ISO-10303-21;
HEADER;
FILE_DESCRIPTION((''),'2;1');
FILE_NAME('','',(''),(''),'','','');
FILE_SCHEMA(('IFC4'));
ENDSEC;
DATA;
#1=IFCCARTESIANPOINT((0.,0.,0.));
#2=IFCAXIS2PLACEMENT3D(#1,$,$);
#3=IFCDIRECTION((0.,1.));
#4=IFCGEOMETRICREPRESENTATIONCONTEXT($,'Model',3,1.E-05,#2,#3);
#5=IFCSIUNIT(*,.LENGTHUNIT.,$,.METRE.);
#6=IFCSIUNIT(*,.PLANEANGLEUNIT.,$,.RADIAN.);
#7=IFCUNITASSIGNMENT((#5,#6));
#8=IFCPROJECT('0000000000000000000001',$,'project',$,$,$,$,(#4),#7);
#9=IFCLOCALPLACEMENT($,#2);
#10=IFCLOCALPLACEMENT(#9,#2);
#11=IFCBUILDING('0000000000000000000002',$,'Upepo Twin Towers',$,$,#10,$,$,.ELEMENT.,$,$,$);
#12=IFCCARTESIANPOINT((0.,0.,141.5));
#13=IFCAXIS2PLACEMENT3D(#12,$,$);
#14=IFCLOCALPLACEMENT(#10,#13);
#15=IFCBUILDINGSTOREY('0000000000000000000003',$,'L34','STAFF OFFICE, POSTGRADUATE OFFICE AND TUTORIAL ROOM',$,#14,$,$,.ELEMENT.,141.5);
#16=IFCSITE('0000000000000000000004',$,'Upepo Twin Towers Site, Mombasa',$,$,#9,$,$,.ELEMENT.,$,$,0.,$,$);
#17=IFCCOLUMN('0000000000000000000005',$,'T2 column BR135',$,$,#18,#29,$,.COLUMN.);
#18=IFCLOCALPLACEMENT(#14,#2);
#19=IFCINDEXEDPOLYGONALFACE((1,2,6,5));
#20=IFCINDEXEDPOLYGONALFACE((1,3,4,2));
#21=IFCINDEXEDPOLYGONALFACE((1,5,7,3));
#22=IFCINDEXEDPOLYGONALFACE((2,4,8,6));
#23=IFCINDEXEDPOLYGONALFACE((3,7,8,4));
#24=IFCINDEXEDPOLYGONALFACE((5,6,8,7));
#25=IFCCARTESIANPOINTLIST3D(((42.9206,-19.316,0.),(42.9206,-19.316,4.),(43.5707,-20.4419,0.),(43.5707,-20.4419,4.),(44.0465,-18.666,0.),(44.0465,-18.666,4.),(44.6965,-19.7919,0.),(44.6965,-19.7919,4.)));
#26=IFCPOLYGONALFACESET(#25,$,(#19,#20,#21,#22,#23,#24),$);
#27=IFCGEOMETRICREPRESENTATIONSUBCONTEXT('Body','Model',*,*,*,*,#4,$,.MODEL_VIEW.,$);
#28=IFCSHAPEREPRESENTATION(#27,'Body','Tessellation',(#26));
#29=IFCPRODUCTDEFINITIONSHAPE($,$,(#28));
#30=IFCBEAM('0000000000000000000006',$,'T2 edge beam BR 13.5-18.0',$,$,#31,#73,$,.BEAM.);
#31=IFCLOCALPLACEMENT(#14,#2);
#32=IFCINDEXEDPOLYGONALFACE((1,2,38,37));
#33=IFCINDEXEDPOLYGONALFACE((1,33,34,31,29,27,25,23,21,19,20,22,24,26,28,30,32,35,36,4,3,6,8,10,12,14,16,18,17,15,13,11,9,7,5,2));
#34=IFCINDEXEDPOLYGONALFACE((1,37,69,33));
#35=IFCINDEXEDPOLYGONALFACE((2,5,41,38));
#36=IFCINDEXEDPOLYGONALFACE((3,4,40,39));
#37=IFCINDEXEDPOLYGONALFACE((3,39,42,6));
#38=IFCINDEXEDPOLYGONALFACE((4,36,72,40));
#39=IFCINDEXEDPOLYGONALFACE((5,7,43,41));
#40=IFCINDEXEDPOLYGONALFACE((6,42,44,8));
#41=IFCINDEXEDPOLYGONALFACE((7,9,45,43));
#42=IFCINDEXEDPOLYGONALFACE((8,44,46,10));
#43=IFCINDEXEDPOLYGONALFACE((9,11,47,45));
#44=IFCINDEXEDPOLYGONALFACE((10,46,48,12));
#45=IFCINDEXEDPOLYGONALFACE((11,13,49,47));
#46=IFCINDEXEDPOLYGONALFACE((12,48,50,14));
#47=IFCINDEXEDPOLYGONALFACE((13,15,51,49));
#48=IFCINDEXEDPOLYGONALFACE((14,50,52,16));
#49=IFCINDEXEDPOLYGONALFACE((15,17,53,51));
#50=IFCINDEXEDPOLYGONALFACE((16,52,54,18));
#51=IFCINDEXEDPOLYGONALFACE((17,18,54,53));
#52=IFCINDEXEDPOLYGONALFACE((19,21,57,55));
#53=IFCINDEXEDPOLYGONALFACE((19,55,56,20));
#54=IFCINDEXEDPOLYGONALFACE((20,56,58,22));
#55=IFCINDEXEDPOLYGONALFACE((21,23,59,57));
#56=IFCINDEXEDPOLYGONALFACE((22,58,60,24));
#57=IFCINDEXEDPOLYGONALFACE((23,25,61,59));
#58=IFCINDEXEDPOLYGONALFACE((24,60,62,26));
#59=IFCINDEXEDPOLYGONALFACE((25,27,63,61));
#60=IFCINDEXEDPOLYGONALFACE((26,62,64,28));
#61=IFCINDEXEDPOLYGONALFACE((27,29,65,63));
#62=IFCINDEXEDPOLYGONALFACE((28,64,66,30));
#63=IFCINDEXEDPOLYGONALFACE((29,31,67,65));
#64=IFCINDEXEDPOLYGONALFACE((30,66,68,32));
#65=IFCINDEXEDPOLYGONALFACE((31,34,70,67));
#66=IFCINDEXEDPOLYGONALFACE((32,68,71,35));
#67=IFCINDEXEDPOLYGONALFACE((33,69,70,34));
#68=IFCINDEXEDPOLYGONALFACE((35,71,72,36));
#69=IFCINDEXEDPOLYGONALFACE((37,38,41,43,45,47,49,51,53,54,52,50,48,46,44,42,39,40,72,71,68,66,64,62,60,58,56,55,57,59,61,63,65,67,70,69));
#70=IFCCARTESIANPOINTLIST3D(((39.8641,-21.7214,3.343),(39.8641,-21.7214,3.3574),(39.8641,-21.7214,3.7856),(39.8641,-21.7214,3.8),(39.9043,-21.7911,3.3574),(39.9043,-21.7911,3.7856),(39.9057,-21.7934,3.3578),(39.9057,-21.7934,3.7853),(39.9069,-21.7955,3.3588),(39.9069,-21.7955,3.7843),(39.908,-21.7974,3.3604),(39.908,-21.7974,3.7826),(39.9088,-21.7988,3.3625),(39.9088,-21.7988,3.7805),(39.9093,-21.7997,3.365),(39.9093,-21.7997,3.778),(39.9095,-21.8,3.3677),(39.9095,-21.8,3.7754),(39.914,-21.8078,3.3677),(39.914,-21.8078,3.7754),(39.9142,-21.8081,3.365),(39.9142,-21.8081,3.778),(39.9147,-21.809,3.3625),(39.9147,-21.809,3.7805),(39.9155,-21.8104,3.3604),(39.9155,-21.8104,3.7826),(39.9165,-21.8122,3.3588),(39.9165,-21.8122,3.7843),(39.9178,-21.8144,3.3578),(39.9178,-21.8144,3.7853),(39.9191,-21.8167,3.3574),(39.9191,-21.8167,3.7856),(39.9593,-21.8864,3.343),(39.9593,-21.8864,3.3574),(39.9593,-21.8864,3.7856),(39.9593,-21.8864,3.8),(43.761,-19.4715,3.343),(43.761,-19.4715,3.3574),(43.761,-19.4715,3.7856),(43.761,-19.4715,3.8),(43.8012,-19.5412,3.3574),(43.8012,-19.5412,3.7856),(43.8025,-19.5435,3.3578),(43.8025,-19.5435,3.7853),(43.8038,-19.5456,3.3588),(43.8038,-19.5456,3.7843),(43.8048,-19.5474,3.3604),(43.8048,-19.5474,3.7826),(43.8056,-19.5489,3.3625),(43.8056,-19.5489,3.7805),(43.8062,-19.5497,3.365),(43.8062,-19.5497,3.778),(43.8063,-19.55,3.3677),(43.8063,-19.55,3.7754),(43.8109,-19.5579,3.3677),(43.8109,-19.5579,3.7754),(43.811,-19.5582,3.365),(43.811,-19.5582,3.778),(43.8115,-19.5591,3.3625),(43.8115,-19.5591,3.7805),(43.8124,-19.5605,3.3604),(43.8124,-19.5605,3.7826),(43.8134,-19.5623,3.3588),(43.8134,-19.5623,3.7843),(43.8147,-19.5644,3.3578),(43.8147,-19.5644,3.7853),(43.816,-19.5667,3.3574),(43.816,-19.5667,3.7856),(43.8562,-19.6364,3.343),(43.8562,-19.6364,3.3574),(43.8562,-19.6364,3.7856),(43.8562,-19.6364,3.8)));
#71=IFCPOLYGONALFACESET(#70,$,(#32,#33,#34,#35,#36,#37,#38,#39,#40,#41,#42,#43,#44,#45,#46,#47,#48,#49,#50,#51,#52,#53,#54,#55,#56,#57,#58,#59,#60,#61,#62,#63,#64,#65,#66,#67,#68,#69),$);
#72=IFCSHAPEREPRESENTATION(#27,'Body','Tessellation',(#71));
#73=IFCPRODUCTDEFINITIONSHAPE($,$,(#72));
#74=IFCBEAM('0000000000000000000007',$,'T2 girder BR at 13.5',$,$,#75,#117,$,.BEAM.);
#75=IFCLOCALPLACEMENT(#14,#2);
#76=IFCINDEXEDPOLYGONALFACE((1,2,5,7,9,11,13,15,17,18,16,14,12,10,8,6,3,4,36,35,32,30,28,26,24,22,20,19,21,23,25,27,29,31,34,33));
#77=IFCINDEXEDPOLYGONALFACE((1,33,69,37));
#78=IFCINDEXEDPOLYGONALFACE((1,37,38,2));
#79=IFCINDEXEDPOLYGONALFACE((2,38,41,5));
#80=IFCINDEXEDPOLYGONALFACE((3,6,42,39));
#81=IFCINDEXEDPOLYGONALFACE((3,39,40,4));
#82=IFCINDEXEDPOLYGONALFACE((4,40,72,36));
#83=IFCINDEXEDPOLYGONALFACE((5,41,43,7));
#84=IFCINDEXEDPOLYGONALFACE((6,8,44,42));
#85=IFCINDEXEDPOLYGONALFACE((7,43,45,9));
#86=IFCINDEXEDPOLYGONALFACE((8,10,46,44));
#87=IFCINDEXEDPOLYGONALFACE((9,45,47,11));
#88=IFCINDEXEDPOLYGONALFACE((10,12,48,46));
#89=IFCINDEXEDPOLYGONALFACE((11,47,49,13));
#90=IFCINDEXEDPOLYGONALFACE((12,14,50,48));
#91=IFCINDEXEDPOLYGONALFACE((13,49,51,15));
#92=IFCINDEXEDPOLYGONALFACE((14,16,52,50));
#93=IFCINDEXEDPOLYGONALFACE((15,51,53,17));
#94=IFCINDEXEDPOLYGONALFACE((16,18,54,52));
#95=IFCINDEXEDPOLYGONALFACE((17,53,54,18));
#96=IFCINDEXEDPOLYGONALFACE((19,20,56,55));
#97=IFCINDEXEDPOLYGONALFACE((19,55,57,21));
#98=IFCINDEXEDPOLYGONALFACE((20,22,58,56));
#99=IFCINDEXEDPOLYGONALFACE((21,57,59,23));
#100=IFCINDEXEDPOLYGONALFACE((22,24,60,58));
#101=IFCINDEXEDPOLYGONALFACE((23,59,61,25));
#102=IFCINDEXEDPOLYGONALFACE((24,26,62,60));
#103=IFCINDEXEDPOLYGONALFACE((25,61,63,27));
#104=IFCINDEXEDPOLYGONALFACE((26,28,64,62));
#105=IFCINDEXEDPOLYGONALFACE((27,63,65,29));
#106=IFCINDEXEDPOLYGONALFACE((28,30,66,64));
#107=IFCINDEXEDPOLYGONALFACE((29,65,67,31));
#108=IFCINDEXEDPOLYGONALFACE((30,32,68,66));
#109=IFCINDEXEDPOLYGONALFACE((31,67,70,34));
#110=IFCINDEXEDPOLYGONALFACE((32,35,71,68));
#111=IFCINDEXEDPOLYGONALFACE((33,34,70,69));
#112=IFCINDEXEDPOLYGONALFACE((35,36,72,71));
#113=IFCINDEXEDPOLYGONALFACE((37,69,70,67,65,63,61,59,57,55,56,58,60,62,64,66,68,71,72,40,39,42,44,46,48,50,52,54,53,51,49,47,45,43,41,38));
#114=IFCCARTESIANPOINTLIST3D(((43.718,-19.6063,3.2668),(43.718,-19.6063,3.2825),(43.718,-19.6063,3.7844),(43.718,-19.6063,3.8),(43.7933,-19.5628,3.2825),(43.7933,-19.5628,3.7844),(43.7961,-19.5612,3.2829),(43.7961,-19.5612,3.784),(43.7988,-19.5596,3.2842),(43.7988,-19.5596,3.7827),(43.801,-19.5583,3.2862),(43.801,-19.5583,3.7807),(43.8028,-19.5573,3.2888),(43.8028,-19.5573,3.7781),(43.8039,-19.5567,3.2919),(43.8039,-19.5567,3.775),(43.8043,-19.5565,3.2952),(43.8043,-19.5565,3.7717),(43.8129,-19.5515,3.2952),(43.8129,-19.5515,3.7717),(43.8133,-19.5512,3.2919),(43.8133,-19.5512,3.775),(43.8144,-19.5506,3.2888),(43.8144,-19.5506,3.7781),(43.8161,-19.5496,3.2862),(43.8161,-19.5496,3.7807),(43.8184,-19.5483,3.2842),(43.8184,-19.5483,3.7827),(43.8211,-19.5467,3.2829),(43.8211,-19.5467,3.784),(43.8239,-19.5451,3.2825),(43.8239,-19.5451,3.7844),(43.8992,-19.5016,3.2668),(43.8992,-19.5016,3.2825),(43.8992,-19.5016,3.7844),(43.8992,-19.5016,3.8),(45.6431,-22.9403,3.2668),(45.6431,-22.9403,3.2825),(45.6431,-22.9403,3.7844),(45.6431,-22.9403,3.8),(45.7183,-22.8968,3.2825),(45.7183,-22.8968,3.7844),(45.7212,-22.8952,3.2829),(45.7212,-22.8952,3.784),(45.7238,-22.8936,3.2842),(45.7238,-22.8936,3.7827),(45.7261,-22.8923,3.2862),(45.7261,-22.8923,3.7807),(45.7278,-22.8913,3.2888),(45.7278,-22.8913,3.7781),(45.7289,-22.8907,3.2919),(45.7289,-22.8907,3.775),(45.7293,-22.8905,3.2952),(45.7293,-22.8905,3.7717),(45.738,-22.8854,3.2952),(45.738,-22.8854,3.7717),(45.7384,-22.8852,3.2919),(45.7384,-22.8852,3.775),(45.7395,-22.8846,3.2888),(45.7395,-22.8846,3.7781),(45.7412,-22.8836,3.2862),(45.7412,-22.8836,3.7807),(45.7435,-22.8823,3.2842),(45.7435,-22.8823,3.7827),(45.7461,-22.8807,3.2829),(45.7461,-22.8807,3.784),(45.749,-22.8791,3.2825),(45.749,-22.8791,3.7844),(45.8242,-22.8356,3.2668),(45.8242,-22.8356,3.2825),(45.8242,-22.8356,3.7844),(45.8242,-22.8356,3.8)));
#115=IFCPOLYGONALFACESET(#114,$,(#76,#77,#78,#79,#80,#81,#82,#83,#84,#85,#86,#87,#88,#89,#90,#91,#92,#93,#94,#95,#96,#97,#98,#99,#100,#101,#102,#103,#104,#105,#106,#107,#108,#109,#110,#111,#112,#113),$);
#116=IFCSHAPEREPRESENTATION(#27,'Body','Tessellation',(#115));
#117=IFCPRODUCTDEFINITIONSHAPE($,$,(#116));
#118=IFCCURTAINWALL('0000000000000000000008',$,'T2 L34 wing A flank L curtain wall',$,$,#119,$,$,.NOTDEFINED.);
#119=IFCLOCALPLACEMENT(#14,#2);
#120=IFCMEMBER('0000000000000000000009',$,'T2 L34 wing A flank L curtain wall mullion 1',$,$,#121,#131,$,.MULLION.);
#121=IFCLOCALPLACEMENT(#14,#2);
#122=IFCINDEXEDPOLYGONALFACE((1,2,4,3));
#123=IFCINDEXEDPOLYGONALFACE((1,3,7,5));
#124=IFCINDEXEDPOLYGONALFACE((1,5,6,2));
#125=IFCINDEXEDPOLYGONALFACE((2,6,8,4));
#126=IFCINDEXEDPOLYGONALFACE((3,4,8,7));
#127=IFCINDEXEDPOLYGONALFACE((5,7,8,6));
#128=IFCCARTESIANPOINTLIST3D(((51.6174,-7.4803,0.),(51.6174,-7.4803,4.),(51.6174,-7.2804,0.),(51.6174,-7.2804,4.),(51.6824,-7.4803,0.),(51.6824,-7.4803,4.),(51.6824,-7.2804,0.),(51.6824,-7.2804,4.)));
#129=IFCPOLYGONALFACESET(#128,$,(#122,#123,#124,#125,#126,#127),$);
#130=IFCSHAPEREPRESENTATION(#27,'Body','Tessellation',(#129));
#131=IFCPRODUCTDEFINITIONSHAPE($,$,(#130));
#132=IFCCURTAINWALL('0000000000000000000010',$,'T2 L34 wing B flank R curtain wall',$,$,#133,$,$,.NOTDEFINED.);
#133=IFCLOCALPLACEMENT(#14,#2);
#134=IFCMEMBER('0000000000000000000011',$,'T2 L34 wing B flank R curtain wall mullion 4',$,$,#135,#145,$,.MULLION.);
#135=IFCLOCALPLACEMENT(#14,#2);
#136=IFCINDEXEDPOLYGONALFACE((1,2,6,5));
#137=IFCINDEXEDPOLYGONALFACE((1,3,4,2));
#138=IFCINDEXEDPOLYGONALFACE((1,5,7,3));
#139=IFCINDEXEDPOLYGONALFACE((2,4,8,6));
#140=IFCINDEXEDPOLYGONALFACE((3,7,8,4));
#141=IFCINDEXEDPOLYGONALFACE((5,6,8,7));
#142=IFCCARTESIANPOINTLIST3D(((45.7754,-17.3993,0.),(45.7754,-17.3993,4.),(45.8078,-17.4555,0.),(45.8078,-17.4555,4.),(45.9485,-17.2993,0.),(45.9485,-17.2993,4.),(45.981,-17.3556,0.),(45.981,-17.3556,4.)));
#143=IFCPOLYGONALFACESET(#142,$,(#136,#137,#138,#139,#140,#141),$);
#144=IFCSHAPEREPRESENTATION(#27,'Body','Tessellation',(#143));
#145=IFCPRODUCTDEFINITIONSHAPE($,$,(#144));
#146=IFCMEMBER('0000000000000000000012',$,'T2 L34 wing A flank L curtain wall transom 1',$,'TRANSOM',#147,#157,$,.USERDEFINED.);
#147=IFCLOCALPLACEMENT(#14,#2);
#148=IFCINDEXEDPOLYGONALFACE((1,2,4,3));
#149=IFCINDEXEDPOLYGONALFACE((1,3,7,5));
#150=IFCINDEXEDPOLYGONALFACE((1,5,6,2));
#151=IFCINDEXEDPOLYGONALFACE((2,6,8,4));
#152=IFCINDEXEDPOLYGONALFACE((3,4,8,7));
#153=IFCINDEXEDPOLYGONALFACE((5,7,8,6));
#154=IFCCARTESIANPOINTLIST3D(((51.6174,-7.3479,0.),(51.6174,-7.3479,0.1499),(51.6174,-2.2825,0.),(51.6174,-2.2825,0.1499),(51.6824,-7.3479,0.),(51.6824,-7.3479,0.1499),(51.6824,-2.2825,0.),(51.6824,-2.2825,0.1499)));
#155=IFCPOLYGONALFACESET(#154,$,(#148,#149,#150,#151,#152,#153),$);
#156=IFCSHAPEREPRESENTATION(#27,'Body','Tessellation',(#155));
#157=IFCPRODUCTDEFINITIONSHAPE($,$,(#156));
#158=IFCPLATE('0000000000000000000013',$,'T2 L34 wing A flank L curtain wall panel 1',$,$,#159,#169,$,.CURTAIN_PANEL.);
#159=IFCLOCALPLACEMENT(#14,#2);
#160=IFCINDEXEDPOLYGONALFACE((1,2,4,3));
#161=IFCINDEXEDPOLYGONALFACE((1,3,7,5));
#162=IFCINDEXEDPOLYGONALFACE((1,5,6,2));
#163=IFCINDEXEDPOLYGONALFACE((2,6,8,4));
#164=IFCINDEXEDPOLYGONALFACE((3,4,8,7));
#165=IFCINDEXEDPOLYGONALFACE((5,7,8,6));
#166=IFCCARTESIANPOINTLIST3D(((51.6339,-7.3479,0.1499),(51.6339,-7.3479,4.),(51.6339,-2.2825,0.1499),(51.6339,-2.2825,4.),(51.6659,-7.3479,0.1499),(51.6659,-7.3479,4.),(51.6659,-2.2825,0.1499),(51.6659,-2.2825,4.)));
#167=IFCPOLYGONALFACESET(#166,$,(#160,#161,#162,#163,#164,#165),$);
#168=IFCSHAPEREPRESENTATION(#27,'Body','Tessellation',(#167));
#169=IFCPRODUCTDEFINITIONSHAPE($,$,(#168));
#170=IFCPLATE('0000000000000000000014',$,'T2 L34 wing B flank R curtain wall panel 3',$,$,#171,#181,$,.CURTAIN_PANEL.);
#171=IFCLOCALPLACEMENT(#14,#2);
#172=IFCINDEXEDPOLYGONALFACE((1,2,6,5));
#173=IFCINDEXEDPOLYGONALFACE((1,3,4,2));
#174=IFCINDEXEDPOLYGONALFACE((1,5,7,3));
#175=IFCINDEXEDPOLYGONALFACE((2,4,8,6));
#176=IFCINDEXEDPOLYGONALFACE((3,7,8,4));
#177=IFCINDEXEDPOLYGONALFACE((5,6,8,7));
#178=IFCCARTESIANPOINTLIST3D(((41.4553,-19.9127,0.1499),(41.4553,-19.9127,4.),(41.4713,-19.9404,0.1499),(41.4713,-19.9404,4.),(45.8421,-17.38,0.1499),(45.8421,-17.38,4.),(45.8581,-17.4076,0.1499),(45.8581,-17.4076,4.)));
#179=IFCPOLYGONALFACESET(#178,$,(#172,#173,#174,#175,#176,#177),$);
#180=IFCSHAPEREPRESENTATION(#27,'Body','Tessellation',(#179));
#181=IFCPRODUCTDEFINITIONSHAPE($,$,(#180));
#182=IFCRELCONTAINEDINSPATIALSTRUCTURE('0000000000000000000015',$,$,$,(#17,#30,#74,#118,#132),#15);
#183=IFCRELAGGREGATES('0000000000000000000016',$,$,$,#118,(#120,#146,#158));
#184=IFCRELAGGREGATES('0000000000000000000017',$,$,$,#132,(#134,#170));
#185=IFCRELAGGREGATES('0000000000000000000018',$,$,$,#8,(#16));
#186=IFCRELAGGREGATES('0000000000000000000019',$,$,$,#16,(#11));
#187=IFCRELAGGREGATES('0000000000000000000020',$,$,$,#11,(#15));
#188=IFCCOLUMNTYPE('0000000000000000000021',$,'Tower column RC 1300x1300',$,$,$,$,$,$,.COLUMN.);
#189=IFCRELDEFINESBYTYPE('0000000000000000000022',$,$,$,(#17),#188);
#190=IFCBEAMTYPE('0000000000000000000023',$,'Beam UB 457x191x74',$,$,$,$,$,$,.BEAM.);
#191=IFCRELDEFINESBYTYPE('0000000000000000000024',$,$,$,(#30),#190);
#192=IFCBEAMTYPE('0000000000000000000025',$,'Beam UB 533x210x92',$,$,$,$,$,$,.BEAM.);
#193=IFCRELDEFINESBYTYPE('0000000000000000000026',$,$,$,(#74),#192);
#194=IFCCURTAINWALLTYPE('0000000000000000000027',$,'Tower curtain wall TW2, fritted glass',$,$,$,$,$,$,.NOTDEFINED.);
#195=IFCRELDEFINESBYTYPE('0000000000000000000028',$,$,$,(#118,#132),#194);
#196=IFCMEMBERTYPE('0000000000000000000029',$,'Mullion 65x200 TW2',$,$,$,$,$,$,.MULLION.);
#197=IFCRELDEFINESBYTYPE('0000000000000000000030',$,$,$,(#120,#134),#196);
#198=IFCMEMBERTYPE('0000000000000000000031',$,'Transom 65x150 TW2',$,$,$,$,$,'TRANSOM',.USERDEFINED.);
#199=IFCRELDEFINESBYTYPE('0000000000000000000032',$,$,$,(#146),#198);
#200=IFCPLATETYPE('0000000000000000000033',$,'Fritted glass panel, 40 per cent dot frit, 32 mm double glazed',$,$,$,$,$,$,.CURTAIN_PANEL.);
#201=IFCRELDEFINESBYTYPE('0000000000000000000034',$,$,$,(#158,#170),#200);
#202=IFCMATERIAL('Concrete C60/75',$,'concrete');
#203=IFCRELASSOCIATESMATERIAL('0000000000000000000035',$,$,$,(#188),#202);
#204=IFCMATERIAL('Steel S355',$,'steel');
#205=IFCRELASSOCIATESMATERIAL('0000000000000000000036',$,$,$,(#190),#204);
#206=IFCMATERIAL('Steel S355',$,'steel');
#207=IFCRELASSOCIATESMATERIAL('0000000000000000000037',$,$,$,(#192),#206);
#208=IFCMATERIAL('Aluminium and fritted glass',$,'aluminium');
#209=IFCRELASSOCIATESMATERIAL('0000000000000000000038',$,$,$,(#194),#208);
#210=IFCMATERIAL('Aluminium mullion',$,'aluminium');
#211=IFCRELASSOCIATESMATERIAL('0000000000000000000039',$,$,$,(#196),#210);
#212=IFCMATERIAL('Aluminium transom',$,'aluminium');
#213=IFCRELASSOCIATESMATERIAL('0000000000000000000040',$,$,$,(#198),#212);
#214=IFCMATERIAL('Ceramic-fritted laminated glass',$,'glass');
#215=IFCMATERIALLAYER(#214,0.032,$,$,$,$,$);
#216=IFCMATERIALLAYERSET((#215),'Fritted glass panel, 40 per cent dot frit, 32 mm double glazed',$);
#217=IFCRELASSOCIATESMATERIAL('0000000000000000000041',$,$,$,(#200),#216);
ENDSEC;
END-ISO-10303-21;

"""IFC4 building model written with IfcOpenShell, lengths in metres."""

from ifc_helpers import new_model, si_unit, direction, frame, origin, origin_2d, place, context, subcontext, project, spatial, rectangle, i_section, extrude, material, layer, layer_set, material_profile, profile_set, type_object, element, aggregate, save


model = new_model("IFC4")

# Units and contexts
model_context = context("Model", 3, precision=1e-05, world=origin(), true_north=direction((0.0, 1.0)))
body_context = subcontext(model_context, "Body", "Model", "MODEL_VIEW")
ifc_project = project(units=[si_unit("LENGTHUNIT", "METRE"), si_unit("PLANEANGLEUNIT", "RADIAN")], contexts=[model_context])

# Site, building, storey
site_placement = place(None, origin())
site = spatial("IfcSite", under=ifc_project, at=site_placement, Name="Upepo Twin Towers Site, Mombasa", CompositionType="ELEMENT", RefElevation=0.0)
building_placement = place(site_placement, origin())
building = spatial("IfcBuilding", under=site, at=building_placement, Name="Upepo Twin Towers", CompositionType="ELEMENT")
storey_placement = place(building_placement, frame((0.0, 0.0, 141.5)))
storey = spatial("IfcBuildingStorey", under=building, at=storey_placement, Name="L34", Description="STAFF OFFICE, POSTGRADUATE OFFICE AND TUTORIAL ROOM", CompositionType="ELEMENT", Elevation=141.5)

# Column
ifc_material_1 = material(Name="Concrete C60/75", Category="concrete")
ifc_material_profile_1 = material_profile(ifc_material_1, rectangle(XDim=1.3, YDim=1.3, at=origin_2d()), Name="RC 1300x1300")
ifc_profile_set_1 = profile_set([ifc_material_profile_1], Name="Concrete C60/75")
column_type = type_object("IfcColumnType", Name="Tower column RC 1300x1300", PredefinedType="COLUMN", material=ifc_profile_set_1)
column_placement = place(storey_placement, frame((43.8086, -19.554, 0.0), z_axis=(0.0, 0.0, 1.0), x_axis=(0.866025, 0.5, 0.0)))
element("IfcColumn", 1, at=column_placement, inside=storey, type_object=column_type, Name="T2 column BR135", PredefinedType="COLUMN", context=body_context, shape_type="SweptSolid", body=[
    extrude(rectangle(XDim=1.3, YDim=1.3, at=origin_2d()), origin(), (0.0, 0.0, 1.0), 4.0),
])

# Beams
ifc_material_2 = material(Name="Steel S355", Category="steel")
ifc_material_profile_2 = material_profile(ifc_material_2, i_section(OverallWidth=0.1904, OverallDepth=0.457, WebThickness=0.009, FlangeThickness=0.0144, FilletRadius=0.0103, at=origin_2d()), Name="UB 457x191x74")
ifc_profile_set_2 = profile_set([ifc_material_profile_2], Name="Steel S355")
beam_type_1 = type_object("IfcBeamType", Name="Beam UB 457x191x74", PredefinedType="BEAM", material=ifc_profile_set_2)
beam_1_placement = place(storey_placement, frame((43.8086, -19.554, 3.5715), z_axis=(-0.866018, -0.500014, 0.0), x_axis=(0.500014, -0.866018, 0.0)))
element("IfcBeam", 2, at=beam_1_placement, inside=storey, type_object=beam_type_1, Name="T2 edge beam BR 13.5-18.0", PredefinedType="BEAM", context=body_context, shape_type="SweptSolid", body=[
    extrude(i_section(OverallWidth=0.1904, OverallDepth=0.457, WebThickness=0.009, FlangeThickness=0.0144, FilletRadius=0.0103, at=origin_2d()), origin(), (0.0, 0.0, 1.0), 4.4998),
])
ifc_material_3 = material(Name="Steel S355", Category="steel")
ifc_material_profile_3 = material_profile(ifc_material_3, i_section(OverallWidth=0.2092, OverallDepth=0.5332, WebThickness=0.01, FlangeThickness=0.0156, FilletRadius=0.0127, at=origin_2d()), Name="UB 533x210x92")
ifc_profile_set_3 = profile_set([ifc_material_profile_3], Name="Steel S355")
beam_type_2 = type_object("IfcBeamType", Name="Beam UB 533x210x92", PredefinedType="BEAM", material=ifc_profile_set_3)
beam_2_placement = place(storey_placement, frame((43.8086, -19.554, 3.5334), z_axis=(0.500034, -0.866006, 0.0), x_axis=(0.866006, 0.500034, 0.0)))
element("IfcBeam", 3, at=beam_2_placement, inside=storey, type_object=beam_type_2, Name="T2 girder BR at 13.5", PredefinedType="BEAM", context=body_context, shape_type="SweptSolid", body=[
    extrude(i_section(OverallWidth=0.2092, OverallDepth=0.5332, WebThickness=0.01, FlangeThickness=0.0156, FilletRadius=0.0127, at=origin_2d()), origin(), (0.0, 0.0, 1.0), 3.8499),
])

# Curtain walls, members
ifc_material_4 = material(Name="Aluminium and fritted glass", Category="aluminium")
curtain_wall_type = type_object("IfcCurtainWallType", Name="Tower curtain wall TW2, fritted glass", PredefinedType="NOTDEFINED", material=ifc_material_4)
curtain_wall_1_placement = place(storey_placement, origin())
curtain_wall_1 = element("IfcCurtainWall", 4, at=curtain_wall_1_placement, inside=storey, type_object=curtain_wall_type, Name="T2 L34 wing A flank L curtain wall", PredefinedType="NOTDEFINED")
ifc_material_5 = material(Name="Aluminium mullion", Category="aluminium")
ifc_material_profile_4 = material_profile(ifc_material_5, rectangle(XDim=0.0649, YDim=0.2, at=origin_2d()), Name="MULLION 65x200")
ifc_profile_set_4 = profile_set([ifc_material_profile_4], Name="Aluminium mullion")
member_type_1 = type_object("IfcMemberType", Name="Mullion 65x200 TW2", PredefinedType="MULLION", material=ifc_profile_set_4)
member_1_placement = place(storey_placement, frame((51.6499, -7.3804, 0.0), z_axis=(0.0, 0.0, 1.0), x_axis=(-1.0, 0.0, 0.0)))
member_1 = element("IfcMember", 5, at=member_1_placement, type_object=member_type_1, Name="T2 L34 wing A flank L curtain wall mullion 1", PredefinedType="MULLION", context=body_context, shape_type="SweptSolid", body=[
    extrude(rectangle(XDim=0.0649, YDim=0.2, at=origin_2d()), origin(), (0.0, 0.0, 1.0), 4.0),
])
curtain_wall_2_placement = place(storey_placement, origin())
curtain_wall_2 = element("IfcCurtainWall", 6, at=curtain_wall_2_placement, inside=storey, type_object=curtain_wall_type, Name="T2 L34 wing B flank R curtain wall", PredefinedType="NOTDEFINED")
member_2_placement = place(storey_placement, frame((45.8782, -17.3774, 0.0), z_axis=(0.0, 0.0, 1.0), x_axis=(-0.5, 0.866025, 0.0)))
member_2 = element("IfcMember", 7, at=member_2_placement, type_object=member_type_1, Name="T2 L34 wing B flank R curtain wall mullion 4", PredefinedType="MULLION", context=body_context, shape_type="SweptSolid", body=[
    extrude(rectangle(XDim=0.0649, YDim=0.2, at=origin_2d()), origin(), (0.0, 0.0, 1.0), 4.0),
])

# Member
ifc_material_6 = material(Name="Aluminium transom", Category="aluminium")
ifc_material_profile_5 = material_profile(ifc_material_6, rectangle(XDim=0.0649, YDim=0.1499, at=origin_2d()), Name="TRANSOM 65x150")
ifc_profile_set_5 = profile_set([ifc_material_profile_5], Name="Aluminium transom")
member_type_2 = type_object("IfcMemberType", Name="Transom 65x150 TW2", ElementType="TRANSOM", PredefinedType="USERDEFINED", material=ifc_profile_set_5)
member_3_placement = place(storey_placement, frame((51.6499, -7.3479, 0.075), z_axis=(0.0, 1.0, 0.0), x_axis=(-1.0, 0.0, 0.0)))
member_3 = element("IfcMember", 8, at=member_3_placement, type_object=member_type_2, Name="T2 L34 wing A flank L curtain wall transom 1", ObjectType="TRANSOM", PredefinedType="USERDEFINED", context=body_context, shape_type="SweptSolid", body=[
    extrude(rectangle(XDim=0.0649, YDim=0.1499, at=origin_2d()), origin(), (0.0, 0.0, 1.0), 5.0654),
])

# Plates
ifc_material_7 = material(Name="Ceramic-fritted laminated glass", Category="glass")
ifc_layer_1 = layer(ifc_material_7, 0.032)
ifc_layer_set_1 = layer_set([ifc_layer_1], Name="Fritted glass panel, 40 per cent dot frit, 32 mm double glazed")
plate_type = type_object("IfcPlateType", Name="Fritted glass panel, 40 per cent dot frit, 32 mm double glazed", PredefinedType="CURTAIN_PANEL", material=ifc_layer_set_1)
plate_1_placement = place(storey_placement, frame((51.6499, -4.8152, 0.1499), z_axis=(0.0, 0.0, 1.0), x_axis=(0.0, 1.0, 0.0)))
plate_1 = element("IfcPlate", 9, at=plate_1_placement, type_object=plate_type, Name="T2 L34 wing A flank L curtain wall panel 1", PredefinedType="CURTAIN_PANEL", context=body_context, shape_type="SweptSolid", body=[
    extrude(rectangle(XDim=5.0654, YDim=0.032, at=origin_2d()), origin(), (0.0, 0.0, 1.0), 3.8501),
])
aggregate(curtain_wall_1, [member_1, member_3, plate_1])
plate_2_placement = place(storey_placement, frame((43.6567, -18.6602, 0.1499), z_axis=(0.0, 0.0, 1.0), x_axis=(0.866025, 0.5, 0.0)))
plate_2 = element("IfcPlate", 10, at=plate_2_placement, type_object=plate_type, Name="T2 L34 wing B flank R curtain wall panel 3", PredefinedType="CURTAIN_PANEL", context=body_context, shape_type="SweptSolid", body=[
    extrude(rectangle(XDim=5.0654, YDim=0.032, at=origin_2d()), origin(), (0.0, 0.0, 1.0), 3.8501),
])
aggregate(curtain_wall_2, [member_2, plate_2])

save(model, "model.ifc")
